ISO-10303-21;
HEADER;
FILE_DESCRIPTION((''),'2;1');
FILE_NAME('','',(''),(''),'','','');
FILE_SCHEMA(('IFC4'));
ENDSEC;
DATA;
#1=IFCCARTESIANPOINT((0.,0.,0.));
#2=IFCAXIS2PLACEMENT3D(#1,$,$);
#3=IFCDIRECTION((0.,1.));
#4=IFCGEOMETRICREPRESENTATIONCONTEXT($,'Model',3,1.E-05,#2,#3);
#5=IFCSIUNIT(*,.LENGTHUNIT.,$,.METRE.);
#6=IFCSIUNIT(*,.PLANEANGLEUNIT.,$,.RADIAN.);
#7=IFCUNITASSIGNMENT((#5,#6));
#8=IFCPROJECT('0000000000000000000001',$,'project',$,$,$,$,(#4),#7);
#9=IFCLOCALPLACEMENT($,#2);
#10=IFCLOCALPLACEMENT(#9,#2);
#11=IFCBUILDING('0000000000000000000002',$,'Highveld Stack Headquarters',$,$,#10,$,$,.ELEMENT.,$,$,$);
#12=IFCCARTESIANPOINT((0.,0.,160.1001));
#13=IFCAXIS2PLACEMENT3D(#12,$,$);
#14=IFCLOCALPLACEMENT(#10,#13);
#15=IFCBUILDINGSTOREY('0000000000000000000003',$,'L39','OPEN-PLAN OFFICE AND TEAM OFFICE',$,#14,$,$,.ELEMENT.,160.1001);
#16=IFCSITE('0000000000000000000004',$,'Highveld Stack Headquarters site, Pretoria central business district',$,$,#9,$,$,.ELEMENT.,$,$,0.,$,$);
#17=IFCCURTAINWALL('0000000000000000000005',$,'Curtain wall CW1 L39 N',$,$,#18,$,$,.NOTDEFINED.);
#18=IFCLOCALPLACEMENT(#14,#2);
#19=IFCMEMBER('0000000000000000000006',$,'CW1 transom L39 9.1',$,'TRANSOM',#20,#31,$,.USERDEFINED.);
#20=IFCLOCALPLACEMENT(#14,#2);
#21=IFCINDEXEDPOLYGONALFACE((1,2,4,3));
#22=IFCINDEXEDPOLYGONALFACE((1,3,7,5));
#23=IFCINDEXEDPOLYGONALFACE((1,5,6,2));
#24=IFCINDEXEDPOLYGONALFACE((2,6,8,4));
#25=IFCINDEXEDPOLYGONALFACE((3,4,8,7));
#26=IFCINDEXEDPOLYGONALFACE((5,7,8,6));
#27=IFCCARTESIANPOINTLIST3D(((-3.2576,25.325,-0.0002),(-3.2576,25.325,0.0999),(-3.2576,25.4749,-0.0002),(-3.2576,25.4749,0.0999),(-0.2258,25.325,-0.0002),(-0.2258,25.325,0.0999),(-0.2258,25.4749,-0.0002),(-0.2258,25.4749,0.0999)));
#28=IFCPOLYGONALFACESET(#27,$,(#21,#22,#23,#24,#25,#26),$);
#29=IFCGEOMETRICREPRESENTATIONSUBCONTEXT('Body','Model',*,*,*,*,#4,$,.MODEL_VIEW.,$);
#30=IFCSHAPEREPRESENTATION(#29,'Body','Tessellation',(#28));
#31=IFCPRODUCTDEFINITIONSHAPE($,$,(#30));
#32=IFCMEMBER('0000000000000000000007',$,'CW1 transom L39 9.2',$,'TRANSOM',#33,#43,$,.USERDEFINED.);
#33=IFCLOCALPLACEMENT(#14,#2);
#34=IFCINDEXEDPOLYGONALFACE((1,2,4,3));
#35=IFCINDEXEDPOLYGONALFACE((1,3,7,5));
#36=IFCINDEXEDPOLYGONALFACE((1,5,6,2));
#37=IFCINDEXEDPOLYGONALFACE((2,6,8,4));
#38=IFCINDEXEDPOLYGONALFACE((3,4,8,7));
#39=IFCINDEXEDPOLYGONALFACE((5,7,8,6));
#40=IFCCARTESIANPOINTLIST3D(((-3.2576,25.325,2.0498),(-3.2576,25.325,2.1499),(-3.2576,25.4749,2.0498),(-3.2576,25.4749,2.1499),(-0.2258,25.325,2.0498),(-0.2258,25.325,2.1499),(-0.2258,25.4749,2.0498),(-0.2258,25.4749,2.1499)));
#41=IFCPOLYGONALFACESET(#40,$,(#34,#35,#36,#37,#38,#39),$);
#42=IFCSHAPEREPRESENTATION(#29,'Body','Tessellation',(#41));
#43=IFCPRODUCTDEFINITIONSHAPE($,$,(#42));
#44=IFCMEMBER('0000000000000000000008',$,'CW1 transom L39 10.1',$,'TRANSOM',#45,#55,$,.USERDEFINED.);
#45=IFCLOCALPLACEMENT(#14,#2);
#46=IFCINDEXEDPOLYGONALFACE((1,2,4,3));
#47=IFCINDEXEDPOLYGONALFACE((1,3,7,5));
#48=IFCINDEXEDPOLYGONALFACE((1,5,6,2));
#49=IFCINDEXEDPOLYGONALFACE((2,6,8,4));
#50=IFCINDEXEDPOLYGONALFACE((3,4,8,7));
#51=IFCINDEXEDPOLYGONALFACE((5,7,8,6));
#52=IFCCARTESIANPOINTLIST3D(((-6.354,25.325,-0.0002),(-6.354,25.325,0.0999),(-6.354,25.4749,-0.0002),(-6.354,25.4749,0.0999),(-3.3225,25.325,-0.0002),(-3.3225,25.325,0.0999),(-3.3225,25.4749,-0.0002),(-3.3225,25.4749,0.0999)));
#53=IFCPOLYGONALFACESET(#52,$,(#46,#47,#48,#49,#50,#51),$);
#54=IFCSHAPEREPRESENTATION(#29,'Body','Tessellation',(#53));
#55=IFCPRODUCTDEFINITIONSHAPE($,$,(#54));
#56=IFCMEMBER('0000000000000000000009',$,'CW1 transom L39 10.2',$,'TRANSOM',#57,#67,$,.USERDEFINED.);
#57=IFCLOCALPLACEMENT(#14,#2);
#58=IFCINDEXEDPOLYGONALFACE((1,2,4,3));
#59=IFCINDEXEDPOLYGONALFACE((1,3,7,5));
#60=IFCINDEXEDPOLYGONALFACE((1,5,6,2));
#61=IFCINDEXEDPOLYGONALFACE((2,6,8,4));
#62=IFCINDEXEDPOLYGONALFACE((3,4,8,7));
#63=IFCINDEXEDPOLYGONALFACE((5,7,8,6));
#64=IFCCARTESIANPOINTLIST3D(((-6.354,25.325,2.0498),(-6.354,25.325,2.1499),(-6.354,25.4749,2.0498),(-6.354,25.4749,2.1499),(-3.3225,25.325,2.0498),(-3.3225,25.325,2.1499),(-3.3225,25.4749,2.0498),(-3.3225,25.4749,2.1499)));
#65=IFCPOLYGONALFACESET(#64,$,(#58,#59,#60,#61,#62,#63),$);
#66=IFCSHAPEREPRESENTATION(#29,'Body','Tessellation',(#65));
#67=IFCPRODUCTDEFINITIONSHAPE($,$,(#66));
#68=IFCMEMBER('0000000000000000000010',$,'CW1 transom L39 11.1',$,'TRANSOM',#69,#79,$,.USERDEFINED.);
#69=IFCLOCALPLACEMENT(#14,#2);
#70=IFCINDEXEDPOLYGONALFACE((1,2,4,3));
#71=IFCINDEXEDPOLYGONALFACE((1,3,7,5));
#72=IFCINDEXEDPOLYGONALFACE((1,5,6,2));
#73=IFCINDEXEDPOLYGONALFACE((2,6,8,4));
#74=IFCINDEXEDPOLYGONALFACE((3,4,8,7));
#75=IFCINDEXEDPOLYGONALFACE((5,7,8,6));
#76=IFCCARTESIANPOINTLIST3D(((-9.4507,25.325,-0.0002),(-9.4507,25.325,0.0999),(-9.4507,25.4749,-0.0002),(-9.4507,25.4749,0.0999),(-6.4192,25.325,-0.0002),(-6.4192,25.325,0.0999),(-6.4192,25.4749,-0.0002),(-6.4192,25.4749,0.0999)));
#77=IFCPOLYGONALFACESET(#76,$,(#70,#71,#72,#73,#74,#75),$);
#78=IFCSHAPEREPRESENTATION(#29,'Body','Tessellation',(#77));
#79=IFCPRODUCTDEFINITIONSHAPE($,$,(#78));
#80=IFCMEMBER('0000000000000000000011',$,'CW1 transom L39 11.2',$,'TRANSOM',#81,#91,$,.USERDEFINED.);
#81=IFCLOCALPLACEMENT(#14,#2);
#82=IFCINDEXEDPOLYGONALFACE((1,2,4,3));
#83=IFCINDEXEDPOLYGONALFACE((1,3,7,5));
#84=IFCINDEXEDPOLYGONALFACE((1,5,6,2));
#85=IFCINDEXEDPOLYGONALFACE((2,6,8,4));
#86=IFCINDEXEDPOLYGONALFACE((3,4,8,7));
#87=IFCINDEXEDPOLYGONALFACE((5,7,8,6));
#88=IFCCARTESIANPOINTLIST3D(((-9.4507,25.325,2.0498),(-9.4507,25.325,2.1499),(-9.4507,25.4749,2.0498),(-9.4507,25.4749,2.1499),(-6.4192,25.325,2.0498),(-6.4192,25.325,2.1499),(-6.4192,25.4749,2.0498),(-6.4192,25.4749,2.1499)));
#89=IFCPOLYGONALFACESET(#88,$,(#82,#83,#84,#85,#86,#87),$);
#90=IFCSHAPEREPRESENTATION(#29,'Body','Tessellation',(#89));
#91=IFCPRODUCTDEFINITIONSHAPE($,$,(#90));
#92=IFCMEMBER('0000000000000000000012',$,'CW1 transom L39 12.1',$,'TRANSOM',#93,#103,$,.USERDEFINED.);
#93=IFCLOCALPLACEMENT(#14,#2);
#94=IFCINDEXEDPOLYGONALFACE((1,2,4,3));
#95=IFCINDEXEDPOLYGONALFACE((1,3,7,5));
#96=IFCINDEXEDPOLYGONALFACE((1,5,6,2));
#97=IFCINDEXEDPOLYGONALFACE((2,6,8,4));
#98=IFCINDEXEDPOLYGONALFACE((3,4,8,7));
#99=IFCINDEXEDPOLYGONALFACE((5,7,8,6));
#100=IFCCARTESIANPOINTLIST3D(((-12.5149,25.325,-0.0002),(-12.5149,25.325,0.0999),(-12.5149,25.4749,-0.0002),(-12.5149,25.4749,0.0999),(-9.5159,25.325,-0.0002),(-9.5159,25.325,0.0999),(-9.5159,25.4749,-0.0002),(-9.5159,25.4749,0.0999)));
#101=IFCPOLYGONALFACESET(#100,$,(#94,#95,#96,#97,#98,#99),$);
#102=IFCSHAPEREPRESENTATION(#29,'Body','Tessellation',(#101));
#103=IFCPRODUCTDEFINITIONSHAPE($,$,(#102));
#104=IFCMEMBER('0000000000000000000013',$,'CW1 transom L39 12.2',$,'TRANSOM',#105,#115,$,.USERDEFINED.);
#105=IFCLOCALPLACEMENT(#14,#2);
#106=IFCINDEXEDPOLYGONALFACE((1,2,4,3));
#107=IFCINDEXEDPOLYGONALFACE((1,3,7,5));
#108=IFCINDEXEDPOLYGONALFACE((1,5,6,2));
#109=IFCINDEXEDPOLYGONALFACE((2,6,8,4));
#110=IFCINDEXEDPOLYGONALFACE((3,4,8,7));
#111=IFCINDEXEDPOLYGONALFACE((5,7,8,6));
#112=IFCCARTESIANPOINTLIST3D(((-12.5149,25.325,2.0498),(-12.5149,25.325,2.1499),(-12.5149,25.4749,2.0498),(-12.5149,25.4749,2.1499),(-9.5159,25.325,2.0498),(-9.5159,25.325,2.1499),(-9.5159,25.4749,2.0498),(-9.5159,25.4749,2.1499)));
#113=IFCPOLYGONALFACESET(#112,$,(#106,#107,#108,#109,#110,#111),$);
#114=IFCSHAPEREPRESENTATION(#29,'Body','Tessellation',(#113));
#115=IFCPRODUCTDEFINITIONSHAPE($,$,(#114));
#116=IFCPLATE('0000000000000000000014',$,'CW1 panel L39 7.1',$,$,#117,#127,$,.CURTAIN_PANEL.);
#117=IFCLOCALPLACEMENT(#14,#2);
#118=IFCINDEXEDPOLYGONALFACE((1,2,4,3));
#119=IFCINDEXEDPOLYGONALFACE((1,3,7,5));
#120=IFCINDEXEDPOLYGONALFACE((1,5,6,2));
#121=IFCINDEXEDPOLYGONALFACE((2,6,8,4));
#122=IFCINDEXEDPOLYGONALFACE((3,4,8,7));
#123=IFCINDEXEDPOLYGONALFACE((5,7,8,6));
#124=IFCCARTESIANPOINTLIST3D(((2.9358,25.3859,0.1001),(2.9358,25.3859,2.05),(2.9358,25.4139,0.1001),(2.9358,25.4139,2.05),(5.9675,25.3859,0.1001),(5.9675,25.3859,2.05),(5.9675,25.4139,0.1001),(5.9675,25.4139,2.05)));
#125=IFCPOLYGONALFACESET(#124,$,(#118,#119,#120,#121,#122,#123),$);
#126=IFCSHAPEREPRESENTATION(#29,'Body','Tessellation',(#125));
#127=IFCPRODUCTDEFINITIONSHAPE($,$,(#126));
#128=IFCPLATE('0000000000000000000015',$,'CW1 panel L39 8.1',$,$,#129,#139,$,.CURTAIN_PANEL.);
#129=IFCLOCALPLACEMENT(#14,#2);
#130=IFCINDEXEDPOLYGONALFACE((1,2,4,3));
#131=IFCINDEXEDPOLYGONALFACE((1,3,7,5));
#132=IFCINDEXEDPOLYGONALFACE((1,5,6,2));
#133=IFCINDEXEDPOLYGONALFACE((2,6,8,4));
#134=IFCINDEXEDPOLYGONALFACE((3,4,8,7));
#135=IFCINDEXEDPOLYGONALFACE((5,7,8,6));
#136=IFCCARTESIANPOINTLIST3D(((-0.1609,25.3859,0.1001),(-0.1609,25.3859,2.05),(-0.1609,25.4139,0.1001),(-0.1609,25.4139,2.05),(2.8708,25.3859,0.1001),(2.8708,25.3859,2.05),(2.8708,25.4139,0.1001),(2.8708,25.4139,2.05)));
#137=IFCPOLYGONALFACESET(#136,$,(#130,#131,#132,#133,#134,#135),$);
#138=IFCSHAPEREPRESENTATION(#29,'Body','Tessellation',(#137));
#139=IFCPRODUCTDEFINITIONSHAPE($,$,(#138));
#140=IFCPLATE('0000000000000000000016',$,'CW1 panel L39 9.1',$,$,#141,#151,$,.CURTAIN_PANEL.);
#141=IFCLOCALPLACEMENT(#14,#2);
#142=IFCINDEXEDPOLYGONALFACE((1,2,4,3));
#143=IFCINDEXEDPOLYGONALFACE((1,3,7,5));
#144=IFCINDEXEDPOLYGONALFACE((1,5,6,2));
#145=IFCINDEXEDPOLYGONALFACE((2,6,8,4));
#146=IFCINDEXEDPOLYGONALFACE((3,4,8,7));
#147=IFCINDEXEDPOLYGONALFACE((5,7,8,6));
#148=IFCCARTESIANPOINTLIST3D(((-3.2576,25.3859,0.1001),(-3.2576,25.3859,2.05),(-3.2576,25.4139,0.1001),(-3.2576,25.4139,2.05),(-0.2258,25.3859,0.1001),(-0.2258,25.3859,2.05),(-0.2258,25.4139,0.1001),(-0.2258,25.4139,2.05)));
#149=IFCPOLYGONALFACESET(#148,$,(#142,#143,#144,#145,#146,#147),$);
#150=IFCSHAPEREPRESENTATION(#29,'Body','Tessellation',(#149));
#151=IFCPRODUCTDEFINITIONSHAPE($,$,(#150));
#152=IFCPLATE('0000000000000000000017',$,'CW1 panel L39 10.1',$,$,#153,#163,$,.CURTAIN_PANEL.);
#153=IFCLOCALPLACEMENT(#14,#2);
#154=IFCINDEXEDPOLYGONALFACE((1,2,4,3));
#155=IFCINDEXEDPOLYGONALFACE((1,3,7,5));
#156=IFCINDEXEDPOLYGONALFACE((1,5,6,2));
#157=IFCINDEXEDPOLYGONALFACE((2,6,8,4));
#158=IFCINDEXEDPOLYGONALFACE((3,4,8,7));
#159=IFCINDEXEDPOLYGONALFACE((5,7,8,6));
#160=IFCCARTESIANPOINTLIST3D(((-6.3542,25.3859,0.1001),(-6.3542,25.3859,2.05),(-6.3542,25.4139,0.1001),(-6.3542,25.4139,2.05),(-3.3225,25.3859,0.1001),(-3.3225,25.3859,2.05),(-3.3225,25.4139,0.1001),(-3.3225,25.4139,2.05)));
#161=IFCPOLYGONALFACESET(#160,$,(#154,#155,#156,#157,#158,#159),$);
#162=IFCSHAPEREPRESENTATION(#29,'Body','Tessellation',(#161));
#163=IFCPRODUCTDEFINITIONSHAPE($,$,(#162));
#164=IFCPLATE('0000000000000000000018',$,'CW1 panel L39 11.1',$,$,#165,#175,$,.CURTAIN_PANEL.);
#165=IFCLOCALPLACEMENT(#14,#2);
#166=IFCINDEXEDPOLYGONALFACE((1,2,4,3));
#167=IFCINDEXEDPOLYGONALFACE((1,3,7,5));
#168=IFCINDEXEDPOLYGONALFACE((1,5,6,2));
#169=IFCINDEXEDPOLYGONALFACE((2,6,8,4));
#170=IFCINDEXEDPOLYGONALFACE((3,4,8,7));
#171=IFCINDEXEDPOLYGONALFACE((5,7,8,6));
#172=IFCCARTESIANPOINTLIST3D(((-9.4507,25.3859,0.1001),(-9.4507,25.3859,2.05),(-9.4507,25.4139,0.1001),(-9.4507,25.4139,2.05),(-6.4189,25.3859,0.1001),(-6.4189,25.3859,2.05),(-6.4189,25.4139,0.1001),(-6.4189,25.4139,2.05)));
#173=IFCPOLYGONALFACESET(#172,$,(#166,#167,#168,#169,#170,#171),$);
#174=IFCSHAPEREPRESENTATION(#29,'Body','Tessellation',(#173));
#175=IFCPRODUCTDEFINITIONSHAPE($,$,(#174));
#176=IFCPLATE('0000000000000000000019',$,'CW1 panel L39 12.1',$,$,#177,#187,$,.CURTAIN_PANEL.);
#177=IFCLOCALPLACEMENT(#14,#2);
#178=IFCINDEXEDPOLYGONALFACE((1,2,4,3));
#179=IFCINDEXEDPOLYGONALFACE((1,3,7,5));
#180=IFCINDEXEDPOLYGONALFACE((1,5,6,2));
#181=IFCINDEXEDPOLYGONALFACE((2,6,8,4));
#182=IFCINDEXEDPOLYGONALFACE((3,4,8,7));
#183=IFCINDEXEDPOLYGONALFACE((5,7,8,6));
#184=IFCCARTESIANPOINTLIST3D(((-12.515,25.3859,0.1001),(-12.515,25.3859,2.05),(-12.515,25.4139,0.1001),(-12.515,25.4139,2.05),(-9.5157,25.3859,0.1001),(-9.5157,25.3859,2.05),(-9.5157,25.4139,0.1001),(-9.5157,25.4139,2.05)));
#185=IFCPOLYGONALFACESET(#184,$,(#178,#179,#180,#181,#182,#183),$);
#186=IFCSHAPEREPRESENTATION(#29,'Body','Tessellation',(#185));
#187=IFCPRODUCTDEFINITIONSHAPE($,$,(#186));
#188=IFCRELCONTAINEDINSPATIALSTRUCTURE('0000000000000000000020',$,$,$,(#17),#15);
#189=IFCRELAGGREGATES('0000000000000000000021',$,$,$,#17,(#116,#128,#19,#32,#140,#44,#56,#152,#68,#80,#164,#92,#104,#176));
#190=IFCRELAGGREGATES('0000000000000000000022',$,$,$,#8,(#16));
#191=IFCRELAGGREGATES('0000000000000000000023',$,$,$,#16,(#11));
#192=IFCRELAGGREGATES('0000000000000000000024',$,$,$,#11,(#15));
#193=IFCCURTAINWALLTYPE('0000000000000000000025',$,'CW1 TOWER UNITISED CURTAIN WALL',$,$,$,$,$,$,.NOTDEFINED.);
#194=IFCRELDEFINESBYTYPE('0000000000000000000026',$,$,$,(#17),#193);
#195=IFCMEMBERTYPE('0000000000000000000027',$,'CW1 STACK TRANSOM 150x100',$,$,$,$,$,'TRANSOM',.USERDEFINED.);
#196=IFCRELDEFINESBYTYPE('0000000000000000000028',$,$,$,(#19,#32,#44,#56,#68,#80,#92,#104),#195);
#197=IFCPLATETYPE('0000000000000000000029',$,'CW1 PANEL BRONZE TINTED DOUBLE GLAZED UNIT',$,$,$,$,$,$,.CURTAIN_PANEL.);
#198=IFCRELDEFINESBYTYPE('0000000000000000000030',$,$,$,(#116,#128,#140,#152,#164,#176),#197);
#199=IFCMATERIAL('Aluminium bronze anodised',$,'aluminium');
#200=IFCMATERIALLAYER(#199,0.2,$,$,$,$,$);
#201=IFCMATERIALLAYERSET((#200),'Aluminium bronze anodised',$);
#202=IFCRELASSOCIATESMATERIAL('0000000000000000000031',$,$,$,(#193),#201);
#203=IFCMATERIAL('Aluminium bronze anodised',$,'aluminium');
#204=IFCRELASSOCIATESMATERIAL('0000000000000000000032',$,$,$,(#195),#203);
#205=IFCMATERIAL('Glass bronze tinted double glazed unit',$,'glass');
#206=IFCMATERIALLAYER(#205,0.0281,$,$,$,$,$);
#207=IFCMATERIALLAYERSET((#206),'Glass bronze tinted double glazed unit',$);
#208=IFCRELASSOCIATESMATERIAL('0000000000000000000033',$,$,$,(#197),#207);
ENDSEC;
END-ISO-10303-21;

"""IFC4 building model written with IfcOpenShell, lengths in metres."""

from ifc_helpers import new_model, si_unit, direction, frame, origin, origin_2d, place, context, subcontext, project, spatial, rectangle, extrude, material, layer, layer_set, material_profile, profile_set, type_object, element, aggregate, save


model = new_model("IFC4")

# Units and contexts
model_context = context("Model", 3, precision=1e-05, world=origin(), true_north=direction((0.0, 1.0)))
body_context = subcontext(model_context, "Body", "Model", "MODEL_VIEW")
ifc_project = project(units=[si_unit("LENGTHUNIT", "METRE"), si_unit("PLANEANGLEUNIT", "RADIAN")], contexts=[model_context])

# Site, building, storey
site_placement = place(None, origin())
site = spatial("IfcSite", under=ifc_project, at=site_placement, Name="Highveld Stack Headquarters site, Pretoria central business district", CompositionType="ELEMENT", RefElevation=0.0)
building_placement = place(site_placement, origin())
building = spatial("IfcBuilding", under=site, at=building_placement, Name="Highveld Stack Headquarters", CompositionType="ELEMENT")
storey_placement = place(building_placement, frame((0.0, 0.0, 160.1001)))
storey = spatial("IfcBuildingStorey", under=building, at=storey_placement, Name="L39", Description="OPEN-PLAN OFFICE AND TEAM OFFICE", CompositionType="ELEMENT", Elevation=160.1001)

# Curtain wall, members, plates
ifc_material_1 = material(Name="Aluminium bronze anodised", Category="aluminium")
ifc_layer_1 = layer(ifc_material_1, 0.2)
ifc_layer_set_1 = layer_set([ifc_layer_1], Name="Aluminium bronze anodised")
curtain_wall_type = type_object("IfcCurtainWallType", Name="CW1 TOWER UNITISED CURTAIN WALL", PredefinedType="NOTDEFINED", material=ifc_layer_set_1)
curtain_wall_placement = place(storey_placement, origin())
curtain_wall = element("IfcCurtainWall", 1, at=curtain_wall_placement, inside=storey, type_object=curtain_wall_type, Name="Curtain wall CW1 L39 N", PredefinedType="NOTDEFINED")
ifc_material_2 = material(Name="Aluminium bronze anodised", Category="aluminium")
ifc_material_profile_1 = material_profile(ifc_material_2, rectangle(XDim=0.1499, YDim=0.1001, at=origin_2d()), Name="CW1 TRANSOM 150x100")
ifc_profile_set_1 = profile_set([ifc_material_profile_1], Name="Aluminium bronze anodised")
member_type_1 = type_object("IfcMemberType", Name="CW1 STACK TRANSOM 150x100", ElementType="TRANSOM", PredefinedType="USERDEFINED", material=ifc_profile_set_1)
member_1_placement = place(storey_placement, frame((-0.2258, 25.3999, 0.0498), z_axis=(-1.0, 0.0, 0.0), x_axis=(0.0, -1.0, 0.0)))
member_1 = element("IfcMember", 2, at=member_1_placement, type_object=member_type_1, Name="CW1 transom L39 9.1", ObjectType="TRANSOM", PredefinedType="USERDEFINED", context=body_context, shape_type="SweptSolid", body=[
    extrude(rectangle(XDim=0.1499, YDim=0.1001, at=origin_2d()), origin(), (0.0, 0.0, 1.0), 3.0317),
])
member_2_placement = place(storey_placement, frame((-0.2258, 25.3999, 2.0999), z_axis=(-1.0, 0.0, 0.0), x_axis=(0.0, -1.0, 0.0)))
member_2 = element("IfcMember", 3, at=member_2_placement, type_object=member_type_1, Name="CW1 transom L39 9.2", ObjectType="TRANSOM", PredefinedType="USERDEFINED", context=body_context, shape_type="SweptSolid", body=[
    extrude(rectangle(XDim=0.1499, YDim=0.1001, at=origin_2d()), origin(), (0.0, 0.0, 1.0), 3.0317),
])
member_3_placement = place(storey_placement, frame((-3.3225, 25.3999, 0.0498), z_axis=(-1.0, 0.0, 0.0), x_axis=(0.0, -1.0, 0.0)))
member_3 = element("IfcMember", 4, at=member_3_placement, type_object=member_type_1, Name="CW1 transom L39 10.1", ObjectType="TRANSOM", PredefinedType="USERDEFINED", context=body_context, shape_type="SweptSolid", body=[
    extrude(rectangle(XDim=0.1499, YDim=0.1001, at=origin_2d()), origin(), (0.0, 0.0, 1.0), 3.0315),
])
member_4_placement = place(storey_placement, frame((-3.3225, 25.3999, 2.0999), z_axis=(-1.0, 0.0, 0.0), x_axis=(0.0, -1.0, 0.0)))
member_4 = element("IfcMember", 5, at=member_4_placement, type_object=member_type_1, Name="CW1 transom L39 10.2", ObjectType="TRANSOM", PredefinedType="USERDEFINED", context=body_context, shape_type="SweptSolid", body=[
    extrude(rectangle(XDim=0.1499, YDim=0.1001, at=origin_2d()), origin(), (0.0, 0.0, 1.0), 3.0315),
])
member_5_placement = place(storey_placement, frame((-6.4192, 25.3999, 0.0498), z_axis=(-1.0, 0.0, 0.0), x_axis=(0.0, -1.0, 0.0)))
member_5 = element("IfcMember", 6, at=member_5_placement, type_object=member_type_1, Name="CW1 transom L39 11.1", ObjectType="TRANSOM", PredefinedType="USERDEFINED", context=body_context, shape_type="SweptSolid", body=[
    extrude(rectangle(XDim=0.1499, YDim=0.1001, at=origin_2d()), origin(), (0.0, 0.0, 1.0), 3.0315),
])
member_6_placement = place(storey_placement, frame((-6.4192, 25.3999, 2.0999), z_axis=(-1.0, 0.0, 0.0), x_axis=(0.0, -1.0, 0.0)))
member_6 = element("IfcMember", 7, at=member_6_placement, type_object=member_type_1, Name="CW1 transom L39 11.2", ObjectType="TRANSOM", PredefinedType="USERDEFINED", context=body_context, shape_type="SweptSolid", body=[
    extrude(rectangle(XDim=0.1499, YDim=0.1001, at=origin_2d()), origin(), (0.0, 0.0, 1.0), 3.0315),
])
member_7_placement = place(storey_placement, frame((-9.5159, 25.3999, 0.0498), z_axis=(-1.0, 0.0, 0.0), x_axis=(0.0, -1.0, 0.0)))
member_7 = element("IfcMember", 8, at=member_7_placement, type_object=member_type_1, Name="CW1 transom L39 12.1", ObjectType="TRANSOM", PredefinedType="USERDEFINED", context=body_context, shape_type="SweptSolid", body=[
    extrude(rectangle(XDim=0.1499, YDim=0.1001, at=origin_2d()), origin(), (0.0, 0.0, 1.0), 2.999),
])
member_8_placement = place(storey_placement, frame((-9.5159, 25.3999, 2.0999), z_axis=(-1.0, 0.0, 0.0), x_axis=(0.0, -1.0, 0.0)))
member_8 = element("IfcMember", 9, at=member_8_placement, type_object=member_type_1, Name="CW1 transom L39 12.2", ObjectType="TRANSOM", PredefinedType="USERDEFINED", context=body_context, shape_type="SweptSolid", body=[
    extrude(rectangle(XDim=0.1499, YDim=0.1001, at=origin_2d()), origin(), (0.0, 0.0, 1.0), 2.999),
])
ifc_material_3 = material(Name="Glass bronze tinted double glazed unit", Category="glass")
ifc_layer_2 = layer(ifc_material_3, 0.0281)
ifc_layer_set_2 = layer_set([ifc_layer_2], Name="Glass bronze tinted double glazed unit")
plate_type = type_object("IfcPlateType", Name="CW1 PANEL BRONZE TINTED DOUBLE GLAZED UNIT", PredefinedType="CURTAIN_PANEL", material=ifc_layer_set_2)
plate_1_placement = place(storey_placement, frame((4.4517, 25.3999, 0.1001), z_axis=(0.0, 0.0, 1.0), x_axis=(-1.0, 0.0, 0.0)))
plate_1 = element("IfcPlate", 10, at=plate_1_placement, type_object=plate_type, Name="CW1 panel L39 7.1", PredefinedType="CURTAIN_PANEL", context=body_context, shape_type="SweptSolid", body=[
    extrude(rectangle(XDim=3.0317, YDim=0.0281, at=origin_2d()), origin(), (0.0, 0.0, 1.0), 1.95),
])
plate_2_placement = place(storey_placement, frame((1.355, 25.3999, 0.1001), z_axis=(0.0, 0.0, 1.0), x_axis=(-1.0, 0.0, 0.0)))
plate_2 = element("IfcPlate", 11, at=plate_2_placement, type_object=plate_type, Name="CW1 panel L39 8.1", PredefinedType="CURTAIN_PANEL", context=body_context, shape_type="SweptSolid", body=[
    extrude(rectangle(XDim=3.0317, YDim=0.0281, at=origin_2d()), origin(), (0.0, 0.0, 1.0), 1.95),
])
plate_3_placement = place(storey_placement, frame((-1.7417, 25.3999, 0.1001), z_axis=(0.0, 0.0, 1.0), x_axis=(-1.0, 0.0, 0.0)))
plate_3 = element("IfcPlate", 12, at=plate_3_placement, type_object=plate_type, Name="CW1 panel L39 9.1", PredefinedType="CURTAIN_PANEL", context=body_context, shape_type="SweptSolid", body=[
    extrude(rectangle(XDim=3.0317, YDim=0.0281, at=origin_2d()), origin(), (0.0, 0.0, 1.0), 1.95),
])
plate_4_placement = place(storey_placement, frame((-4.8384, 25.3999, 0.1001), z_axis=(0.0, 0.0, 1.0), x_axis=(-1.0, 0.0, 0.0)))
plate_4 = element("IfcPlate", 13, at=plate_4_placement, type_object=plate_type, Name="CW1 panel L39 10.1", PredefinedType="CURTAIN_PANEL", context=body_context, shape_type="SweptSolid", body=[
    extrude(rectangle(XDim=3.0317, YDim=0.0281, at=origin_2d()), origin(), (0.0, 0.0, 1.0), 1.95),
])
plate_5_placement = place(storey_placement, frame((-7.9348, 25.3999, 0.1001), z_axis=(0.0, 0.0, 1.0), x_axis=(-1.0, 0.0, 0.0)))
plate_5 = element("IfcPlate", 14, at=plate_5_placement, type_object=plate_type, Name="CW1 panel L39 11.1", PredefinedType="CURTAIN_PANEL", context=body_context, shape_type="SweptSolid", body=[
    extrude(rectangle(XDim=3.0317, YDim=0.0281, at=origin_2d()), origin(), (0.0, 0.0, 1.0), 1.95),
])
plate_6_placement = place(storey_placement, frame((-11.0154, 25.3999, 0.1001), z_axis=(0.0, 0.0, 1.0), x_axis=(-1.0, 0.0, 0.0)))
plate_6 = element("IfcPlate", 15, at=plate_6_placement, type_object=plate_type, Name="CW1 panel L39 12.1", PredefinedType="CURTAIN_PANEL", context=body_context, shape_type="SweptSolid", body=[
    extrude(rectangle(XDim=2.9993, YDim=0.0281, at=origin_2d()), origin(), (0.0, 0.0, 1.0), 1.95),
])
aggregate(curtain_wall, [plate_1, plate_2, member_1, member_2, plate_3, member_3, member_4, plate_4, member_5, member_6, plate_5, member_7, member_8, plate_6])

save(model, "model.ifc")
